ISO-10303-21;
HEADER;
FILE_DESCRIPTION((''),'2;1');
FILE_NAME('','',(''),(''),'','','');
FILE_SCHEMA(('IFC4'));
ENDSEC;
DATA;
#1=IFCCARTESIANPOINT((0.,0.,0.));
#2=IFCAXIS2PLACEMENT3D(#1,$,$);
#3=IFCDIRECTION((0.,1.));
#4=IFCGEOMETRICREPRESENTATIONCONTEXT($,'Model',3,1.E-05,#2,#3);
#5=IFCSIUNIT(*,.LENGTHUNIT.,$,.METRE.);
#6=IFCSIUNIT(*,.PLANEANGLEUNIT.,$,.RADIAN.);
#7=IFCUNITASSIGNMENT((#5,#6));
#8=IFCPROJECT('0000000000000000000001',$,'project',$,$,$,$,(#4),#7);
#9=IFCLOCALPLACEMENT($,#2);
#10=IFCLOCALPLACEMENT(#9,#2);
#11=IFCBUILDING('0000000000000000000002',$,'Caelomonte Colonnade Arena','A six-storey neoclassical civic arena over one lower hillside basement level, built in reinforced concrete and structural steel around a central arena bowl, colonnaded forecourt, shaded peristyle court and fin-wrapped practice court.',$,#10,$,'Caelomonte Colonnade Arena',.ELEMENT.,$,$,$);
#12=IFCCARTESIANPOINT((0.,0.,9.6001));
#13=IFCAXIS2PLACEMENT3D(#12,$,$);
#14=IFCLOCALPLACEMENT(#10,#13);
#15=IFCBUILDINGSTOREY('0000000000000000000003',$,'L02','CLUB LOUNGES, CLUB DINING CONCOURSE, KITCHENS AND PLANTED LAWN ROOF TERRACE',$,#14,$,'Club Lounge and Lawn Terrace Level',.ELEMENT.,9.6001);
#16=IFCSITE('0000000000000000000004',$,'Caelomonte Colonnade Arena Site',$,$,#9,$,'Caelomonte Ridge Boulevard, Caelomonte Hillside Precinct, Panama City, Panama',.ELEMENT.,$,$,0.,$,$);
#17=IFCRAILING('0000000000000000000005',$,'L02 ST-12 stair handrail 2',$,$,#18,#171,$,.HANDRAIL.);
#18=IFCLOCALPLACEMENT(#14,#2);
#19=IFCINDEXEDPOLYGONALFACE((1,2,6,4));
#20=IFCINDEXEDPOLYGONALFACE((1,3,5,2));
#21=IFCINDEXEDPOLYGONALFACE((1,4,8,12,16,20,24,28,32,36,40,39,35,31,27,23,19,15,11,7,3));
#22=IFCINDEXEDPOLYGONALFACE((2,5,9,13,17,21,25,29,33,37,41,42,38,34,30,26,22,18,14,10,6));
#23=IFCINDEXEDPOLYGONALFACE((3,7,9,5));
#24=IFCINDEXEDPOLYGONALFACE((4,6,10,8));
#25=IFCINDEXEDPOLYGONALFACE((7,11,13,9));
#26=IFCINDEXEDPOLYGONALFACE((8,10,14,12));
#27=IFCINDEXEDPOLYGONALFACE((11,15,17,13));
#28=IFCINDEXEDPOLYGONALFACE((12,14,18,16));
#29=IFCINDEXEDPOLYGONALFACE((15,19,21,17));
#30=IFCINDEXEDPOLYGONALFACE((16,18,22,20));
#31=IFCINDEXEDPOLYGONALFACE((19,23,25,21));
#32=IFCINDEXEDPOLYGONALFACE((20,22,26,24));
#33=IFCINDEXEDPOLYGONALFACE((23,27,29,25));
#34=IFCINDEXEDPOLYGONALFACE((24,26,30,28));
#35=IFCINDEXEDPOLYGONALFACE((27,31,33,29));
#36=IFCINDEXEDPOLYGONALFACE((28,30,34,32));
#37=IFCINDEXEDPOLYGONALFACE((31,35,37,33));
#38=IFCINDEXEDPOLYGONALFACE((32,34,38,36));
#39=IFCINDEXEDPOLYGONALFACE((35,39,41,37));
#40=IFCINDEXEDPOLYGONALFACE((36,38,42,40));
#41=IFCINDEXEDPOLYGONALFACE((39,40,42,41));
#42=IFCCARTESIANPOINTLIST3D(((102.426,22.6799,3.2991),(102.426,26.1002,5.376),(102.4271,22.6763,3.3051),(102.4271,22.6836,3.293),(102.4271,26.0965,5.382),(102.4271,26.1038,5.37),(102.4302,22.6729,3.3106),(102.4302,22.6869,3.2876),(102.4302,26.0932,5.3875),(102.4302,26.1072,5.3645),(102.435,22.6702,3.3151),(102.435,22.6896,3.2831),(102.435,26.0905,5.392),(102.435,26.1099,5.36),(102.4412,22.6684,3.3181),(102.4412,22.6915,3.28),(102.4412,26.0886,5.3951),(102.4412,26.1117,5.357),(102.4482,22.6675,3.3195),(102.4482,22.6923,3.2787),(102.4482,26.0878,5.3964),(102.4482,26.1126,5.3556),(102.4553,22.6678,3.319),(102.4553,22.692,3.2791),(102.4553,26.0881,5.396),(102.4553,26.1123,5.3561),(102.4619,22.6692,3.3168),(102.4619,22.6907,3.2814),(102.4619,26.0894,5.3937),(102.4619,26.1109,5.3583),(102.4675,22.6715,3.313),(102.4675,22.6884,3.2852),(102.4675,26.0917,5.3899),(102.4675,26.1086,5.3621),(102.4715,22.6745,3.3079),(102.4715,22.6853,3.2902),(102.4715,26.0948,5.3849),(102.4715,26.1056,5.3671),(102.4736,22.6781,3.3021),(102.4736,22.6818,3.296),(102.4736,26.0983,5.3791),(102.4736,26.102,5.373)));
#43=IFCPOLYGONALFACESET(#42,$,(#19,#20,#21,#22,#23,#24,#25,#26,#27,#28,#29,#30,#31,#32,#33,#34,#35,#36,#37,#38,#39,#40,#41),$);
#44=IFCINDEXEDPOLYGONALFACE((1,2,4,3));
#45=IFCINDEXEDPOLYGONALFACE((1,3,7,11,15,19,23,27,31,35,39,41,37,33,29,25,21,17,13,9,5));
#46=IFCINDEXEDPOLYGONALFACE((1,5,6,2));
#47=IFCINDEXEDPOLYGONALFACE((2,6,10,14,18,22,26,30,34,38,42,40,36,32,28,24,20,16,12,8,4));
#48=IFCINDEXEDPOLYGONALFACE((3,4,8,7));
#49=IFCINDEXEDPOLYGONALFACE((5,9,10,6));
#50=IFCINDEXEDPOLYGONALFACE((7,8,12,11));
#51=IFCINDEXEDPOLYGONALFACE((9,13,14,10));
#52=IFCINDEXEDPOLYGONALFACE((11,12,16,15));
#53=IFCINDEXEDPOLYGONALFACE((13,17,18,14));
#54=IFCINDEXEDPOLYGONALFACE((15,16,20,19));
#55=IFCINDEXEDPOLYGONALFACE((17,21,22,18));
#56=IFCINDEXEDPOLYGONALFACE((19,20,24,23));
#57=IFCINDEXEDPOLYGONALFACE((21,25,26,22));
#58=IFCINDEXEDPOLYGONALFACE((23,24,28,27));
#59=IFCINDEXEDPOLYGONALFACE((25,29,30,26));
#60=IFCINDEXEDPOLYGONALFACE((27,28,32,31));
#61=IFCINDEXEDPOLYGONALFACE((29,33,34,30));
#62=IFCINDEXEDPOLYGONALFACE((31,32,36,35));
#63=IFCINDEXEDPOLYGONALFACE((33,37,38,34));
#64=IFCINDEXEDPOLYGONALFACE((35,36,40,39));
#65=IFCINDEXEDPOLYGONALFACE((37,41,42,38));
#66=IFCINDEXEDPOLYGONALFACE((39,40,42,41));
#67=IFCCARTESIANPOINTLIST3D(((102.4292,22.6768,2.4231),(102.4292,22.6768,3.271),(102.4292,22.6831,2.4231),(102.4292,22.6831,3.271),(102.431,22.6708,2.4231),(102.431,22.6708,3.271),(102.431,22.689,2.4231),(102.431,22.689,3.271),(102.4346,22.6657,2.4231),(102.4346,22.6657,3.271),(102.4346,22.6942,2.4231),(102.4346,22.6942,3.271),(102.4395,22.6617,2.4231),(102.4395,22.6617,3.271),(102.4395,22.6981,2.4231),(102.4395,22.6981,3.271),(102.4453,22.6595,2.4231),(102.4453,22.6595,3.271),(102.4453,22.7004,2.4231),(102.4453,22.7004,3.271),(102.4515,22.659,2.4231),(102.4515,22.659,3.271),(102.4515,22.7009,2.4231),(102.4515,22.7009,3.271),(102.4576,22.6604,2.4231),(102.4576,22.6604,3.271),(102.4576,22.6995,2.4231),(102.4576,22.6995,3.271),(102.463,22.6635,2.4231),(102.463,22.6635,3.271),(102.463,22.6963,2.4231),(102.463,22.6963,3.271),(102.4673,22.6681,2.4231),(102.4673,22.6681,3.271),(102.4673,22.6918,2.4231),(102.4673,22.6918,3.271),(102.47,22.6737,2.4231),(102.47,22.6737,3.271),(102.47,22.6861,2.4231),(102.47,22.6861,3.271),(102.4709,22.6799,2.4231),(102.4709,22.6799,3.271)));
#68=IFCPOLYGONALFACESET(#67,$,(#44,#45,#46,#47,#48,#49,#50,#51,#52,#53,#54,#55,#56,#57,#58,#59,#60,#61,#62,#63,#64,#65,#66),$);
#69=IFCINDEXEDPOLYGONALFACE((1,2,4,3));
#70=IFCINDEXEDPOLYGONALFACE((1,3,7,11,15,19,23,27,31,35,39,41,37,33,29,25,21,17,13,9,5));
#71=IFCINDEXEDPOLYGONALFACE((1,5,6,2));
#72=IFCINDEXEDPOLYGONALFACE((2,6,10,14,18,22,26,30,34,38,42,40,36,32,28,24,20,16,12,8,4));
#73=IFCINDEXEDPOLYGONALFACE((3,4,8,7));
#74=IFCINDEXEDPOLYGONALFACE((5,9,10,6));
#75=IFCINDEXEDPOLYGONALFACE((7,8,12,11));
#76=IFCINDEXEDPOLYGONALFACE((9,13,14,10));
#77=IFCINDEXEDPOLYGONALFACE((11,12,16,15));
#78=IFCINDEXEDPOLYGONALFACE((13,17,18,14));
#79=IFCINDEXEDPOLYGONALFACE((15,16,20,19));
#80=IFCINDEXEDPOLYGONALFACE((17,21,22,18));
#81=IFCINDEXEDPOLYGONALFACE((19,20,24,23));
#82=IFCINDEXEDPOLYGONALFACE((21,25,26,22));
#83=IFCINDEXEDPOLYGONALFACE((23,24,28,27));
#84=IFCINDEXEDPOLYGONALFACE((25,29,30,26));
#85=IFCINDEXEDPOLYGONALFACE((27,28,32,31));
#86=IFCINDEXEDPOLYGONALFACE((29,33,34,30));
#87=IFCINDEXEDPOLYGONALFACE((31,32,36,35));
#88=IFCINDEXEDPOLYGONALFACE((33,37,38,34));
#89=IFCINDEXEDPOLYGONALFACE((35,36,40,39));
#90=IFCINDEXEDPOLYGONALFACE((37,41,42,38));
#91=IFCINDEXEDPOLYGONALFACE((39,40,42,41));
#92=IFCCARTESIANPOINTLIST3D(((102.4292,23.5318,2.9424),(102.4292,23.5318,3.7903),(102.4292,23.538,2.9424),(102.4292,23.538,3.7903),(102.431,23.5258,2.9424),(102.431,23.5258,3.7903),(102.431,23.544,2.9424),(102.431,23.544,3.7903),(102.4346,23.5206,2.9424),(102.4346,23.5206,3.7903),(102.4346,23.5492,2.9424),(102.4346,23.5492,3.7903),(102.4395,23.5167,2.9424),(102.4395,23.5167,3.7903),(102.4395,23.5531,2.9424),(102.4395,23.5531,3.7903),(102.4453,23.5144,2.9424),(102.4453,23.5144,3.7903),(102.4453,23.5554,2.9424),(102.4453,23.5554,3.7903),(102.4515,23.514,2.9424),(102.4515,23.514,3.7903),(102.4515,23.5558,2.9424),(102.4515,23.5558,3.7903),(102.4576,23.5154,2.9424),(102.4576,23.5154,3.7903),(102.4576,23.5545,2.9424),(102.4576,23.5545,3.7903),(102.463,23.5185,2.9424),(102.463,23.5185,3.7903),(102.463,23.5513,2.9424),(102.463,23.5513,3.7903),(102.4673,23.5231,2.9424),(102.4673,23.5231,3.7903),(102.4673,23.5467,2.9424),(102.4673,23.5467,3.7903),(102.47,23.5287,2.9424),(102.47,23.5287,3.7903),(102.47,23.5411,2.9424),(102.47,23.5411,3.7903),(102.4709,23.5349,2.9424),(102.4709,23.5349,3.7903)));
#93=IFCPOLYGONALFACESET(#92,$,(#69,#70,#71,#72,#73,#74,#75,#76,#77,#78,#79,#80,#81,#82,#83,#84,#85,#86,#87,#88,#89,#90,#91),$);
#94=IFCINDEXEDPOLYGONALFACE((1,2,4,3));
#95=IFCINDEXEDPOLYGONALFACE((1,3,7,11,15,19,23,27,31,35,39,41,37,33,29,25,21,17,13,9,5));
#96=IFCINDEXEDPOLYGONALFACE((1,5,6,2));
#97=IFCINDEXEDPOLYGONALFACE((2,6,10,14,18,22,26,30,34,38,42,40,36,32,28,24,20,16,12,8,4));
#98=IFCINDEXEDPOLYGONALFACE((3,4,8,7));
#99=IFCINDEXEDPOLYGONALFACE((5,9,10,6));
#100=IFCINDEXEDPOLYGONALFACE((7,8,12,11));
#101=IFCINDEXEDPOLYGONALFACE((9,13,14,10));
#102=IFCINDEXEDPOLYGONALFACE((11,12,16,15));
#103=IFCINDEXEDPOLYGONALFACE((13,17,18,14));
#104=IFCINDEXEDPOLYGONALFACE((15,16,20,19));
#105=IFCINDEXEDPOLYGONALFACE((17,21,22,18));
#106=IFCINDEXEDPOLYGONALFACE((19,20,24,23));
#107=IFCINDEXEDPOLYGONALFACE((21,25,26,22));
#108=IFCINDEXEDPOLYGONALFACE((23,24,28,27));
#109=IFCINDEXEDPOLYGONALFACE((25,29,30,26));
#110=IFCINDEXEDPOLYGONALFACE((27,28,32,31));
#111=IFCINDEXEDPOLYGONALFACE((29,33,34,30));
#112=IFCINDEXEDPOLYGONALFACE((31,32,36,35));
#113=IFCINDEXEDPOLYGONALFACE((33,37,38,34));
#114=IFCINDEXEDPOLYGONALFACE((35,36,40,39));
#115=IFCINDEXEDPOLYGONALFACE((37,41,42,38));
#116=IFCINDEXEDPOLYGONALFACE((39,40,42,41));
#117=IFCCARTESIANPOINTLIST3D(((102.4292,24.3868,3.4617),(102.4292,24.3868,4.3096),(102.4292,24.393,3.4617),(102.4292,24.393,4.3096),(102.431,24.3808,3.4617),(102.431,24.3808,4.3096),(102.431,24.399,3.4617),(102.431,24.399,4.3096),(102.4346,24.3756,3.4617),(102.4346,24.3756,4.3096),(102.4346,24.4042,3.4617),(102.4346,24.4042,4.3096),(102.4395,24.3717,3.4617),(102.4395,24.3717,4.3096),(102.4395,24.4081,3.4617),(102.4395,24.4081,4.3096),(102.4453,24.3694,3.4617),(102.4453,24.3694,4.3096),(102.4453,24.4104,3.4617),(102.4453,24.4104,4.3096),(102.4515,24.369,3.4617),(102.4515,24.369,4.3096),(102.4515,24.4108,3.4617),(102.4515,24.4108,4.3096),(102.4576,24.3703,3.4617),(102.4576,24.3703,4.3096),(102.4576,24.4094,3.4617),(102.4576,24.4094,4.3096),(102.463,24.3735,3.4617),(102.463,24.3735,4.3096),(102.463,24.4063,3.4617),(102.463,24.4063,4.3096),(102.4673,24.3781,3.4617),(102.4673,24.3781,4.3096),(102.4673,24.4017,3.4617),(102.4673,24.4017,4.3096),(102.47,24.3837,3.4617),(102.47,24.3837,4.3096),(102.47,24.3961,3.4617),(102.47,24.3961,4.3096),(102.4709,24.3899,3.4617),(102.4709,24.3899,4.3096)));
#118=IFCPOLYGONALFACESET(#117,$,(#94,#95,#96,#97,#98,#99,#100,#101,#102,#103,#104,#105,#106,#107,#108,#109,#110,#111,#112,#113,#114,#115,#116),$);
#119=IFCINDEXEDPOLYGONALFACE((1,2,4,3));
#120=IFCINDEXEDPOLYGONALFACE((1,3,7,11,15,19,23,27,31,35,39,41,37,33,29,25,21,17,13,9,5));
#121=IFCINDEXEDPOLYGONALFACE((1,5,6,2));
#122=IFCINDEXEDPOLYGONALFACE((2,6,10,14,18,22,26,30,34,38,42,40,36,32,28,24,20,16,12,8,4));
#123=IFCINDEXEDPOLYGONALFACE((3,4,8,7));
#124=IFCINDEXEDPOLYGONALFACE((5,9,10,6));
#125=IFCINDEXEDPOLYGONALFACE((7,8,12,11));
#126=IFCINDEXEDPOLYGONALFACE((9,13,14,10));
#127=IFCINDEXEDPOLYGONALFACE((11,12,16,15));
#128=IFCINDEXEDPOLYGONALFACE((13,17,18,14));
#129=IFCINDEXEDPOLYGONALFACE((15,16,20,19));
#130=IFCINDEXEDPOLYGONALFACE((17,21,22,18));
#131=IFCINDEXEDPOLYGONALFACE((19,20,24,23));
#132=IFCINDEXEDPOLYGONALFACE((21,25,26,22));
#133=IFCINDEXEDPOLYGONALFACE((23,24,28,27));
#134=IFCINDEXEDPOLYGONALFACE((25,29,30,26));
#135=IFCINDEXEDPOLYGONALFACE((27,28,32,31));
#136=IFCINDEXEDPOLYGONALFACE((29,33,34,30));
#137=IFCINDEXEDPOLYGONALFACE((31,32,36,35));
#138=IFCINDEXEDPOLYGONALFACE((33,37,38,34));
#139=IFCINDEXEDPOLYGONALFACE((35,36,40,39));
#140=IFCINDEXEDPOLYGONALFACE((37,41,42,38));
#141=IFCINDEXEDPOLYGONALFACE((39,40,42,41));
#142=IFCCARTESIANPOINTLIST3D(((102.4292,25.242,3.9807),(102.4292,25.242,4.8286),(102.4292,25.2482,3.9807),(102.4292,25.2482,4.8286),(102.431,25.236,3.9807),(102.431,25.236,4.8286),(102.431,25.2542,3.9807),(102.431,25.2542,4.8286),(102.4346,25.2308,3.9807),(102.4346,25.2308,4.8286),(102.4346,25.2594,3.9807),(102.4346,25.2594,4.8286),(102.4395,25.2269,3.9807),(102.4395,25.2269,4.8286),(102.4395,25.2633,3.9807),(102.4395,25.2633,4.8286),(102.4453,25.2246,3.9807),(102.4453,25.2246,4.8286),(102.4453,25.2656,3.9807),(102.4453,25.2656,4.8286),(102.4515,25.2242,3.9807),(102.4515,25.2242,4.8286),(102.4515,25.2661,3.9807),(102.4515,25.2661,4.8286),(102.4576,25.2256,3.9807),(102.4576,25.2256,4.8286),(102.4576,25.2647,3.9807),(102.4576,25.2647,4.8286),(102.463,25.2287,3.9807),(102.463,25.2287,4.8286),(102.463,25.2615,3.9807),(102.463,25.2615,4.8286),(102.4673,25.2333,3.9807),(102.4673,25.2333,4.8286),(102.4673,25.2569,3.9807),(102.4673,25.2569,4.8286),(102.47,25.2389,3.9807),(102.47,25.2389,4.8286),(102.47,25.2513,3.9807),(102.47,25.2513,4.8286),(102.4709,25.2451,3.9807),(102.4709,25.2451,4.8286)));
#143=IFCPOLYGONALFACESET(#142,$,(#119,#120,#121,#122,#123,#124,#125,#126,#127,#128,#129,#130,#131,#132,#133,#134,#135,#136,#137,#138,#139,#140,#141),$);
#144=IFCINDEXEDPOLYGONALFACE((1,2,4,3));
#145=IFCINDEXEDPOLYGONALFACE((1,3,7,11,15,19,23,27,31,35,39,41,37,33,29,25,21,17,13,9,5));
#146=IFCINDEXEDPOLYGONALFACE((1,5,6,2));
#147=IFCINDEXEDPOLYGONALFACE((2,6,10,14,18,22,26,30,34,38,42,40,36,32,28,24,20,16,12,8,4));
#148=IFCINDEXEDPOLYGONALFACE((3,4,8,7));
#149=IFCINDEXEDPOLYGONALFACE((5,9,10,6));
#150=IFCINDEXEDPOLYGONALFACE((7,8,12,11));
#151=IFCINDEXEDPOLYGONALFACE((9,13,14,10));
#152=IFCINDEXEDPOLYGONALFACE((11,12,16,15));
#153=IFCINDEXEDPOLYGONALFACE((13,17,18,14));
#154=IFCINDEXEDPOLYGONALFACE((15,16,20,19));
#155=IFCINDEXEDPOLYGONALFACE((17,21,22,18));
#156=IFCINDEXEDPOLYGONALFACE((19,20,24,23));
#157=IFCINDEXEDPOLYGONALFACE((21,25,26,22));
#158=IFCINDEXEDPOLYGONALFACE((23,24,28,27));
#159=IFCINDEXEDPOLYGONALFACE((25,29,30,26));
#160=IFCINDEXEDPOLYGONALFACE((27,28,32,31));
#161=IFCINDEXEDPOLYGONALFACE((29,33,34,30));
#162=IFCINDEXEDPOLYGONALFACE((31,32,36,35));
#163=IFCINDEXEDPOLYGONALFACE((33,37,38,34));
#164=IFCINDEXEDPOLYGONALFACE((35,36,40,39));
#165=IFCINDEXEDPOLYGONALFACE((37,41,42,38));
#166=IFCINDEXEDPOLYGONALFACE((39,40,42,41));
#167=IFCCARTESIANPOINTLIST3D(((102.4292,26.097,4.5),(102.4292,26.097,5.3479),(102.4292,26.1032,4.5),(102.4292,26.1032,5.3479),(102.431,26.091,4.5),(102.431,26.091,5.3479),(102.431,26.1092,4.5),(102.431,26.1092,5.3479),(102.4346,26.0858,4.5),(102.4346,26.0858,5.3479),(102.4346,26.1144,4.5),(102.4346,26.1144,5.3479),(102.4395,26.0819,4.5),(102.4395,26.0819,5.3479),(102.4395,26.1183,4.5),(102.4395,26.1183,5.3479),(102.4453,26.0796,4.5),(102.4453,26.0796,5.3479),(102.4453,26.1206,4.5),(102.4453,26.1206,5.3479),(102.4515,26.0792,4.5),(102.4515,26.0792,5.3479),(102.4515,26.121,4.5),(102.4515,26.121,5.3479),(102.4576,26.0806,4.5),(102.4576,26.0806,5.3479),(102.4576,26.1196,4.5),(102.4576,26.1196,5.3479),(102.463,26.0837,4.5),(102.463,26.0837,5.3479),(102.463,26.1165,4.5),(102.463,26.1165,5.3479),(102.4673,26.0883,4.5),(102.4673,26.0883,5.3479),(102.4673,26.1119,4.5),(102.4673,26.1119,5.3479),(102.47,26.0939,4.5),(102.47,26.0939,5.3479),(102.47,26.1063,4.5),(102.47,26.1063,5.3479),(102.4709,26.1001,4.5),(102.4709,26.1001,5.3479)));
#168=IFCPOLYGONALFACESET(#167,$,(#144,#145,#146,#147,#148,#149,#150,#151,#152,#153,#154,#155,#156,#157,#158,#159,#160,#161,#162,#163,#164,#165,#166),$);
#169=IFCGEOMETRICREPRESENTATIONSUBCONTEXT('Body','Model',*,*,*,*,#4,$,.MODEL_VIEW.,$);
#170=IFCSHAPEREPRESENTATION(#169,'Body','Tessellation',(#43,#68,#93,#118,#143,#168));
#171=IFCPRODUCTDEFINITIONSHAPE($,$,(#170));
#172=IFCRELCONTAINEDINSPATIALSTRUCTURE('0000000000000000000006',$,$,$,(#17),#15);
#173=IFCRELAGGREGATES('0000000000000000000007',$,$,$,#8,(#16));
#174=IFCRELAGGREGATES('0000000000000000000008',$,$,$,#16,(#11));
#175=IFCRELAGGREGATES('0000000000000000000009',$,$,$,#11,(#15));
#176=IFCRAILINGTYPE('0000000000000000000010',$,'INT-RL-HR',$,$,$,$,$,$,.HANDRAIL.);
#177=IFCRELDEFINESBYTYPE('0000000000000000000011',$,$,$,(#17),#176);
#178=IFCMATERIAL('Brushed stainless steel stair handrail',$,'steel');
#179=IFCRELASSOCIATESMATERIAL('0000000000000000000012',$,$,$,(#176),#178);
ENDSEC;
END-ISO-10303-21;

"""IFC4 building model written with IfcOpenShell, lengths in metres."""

from ifc_helpers import new_model, si_unit, direction, frame, origin, origin_2d, place, context, subcontext, project, spatial, circle, extrude, material, type_object, element, save


model = new_model("IFC4")

# Units and contexts
model_context = context("Model", 3, precision=1e-05, world=origin(), true_north=direction((0.0, 1.0)))
body_context = subcontext(model_context, "Body", "Model", "MODEL_VIEW")
ifc_project = project(units=[si_unit("LENGTHUNIT", "METRE"), si_unit("PLANEANGLEUNIT", "RADIAN")], contexts=[model_context])

# Site, building, storey
site_placement = place(None, origin())
site = spatial("IfcSite", under=ifc_project, at=site_placement, Name="Caelomonte Colonnade Arena Site", LongName="Caelomonte Ridge Boulevard, Caelomonte Hillside Precinct, Panama City, Panama", CompositionType="ELEMENT", RefElevation=0.0)
building_placement = place(site_placement, origin())
building = spatial("IfcBuilding", under=site, at=building_placement, Name="Caelomonte Colonnade Arena", Description="A six-storey neoclassical civic arena over one lower hillside basement level, built in reinforced concrete and structural steel around a central arena bowl, colonnaded forecourt, shaded peristyle court and fin-wrapped practice court.", LongName="Caelomonte Colonnade Arena", CompositionType="ELEMENT")
storey_placement = place(building_placement, frame((0.0, 0.0, 9.6001)))
storey = spatial("IfcBuildingStorey", under=building, at=storey_placement, Name="L02", Description="CLUB LOUNGES, CLUB DINING CONCOURSE, KITCHENS AND PLANTED LAWN ROOF TERRACE", LongName="Club Lounge and Lawn Terrace Level", CompositionType="ELEMENT", Elevation=9.6001)

# Railing
ifc_material_1 = material(Name="Brushed stainless steel stair handrail", Category="steel")
railing_type_1 = type_object("IfcRailingType", Name="INT-RL-HR", PredefinedType="HANDRAIL", material=ifc_material_1)
railing_1_placement = place(storey_placement, frame((102.45, 22.6799, 2.4231)))
element("IfcRailing", 1, at=railing_1_placement, inside=storey, type_object=railing_type_1, Name="L02 ST-12 stair handrail 2", PredefinedType="HANDRAIL", context=body_context, shape_type="SweptSolid", body=[
    extrude(circle(Radius=0.0239, at=origin_2d()), frame((0.0, 0.0, 0.876), z_axis=(0.0, 0.854746, 0.519047), x_axis=(-1.0, 0.0, 0.0)), (0.0, 0.0, 1.0), 4.0015),
    extrude(circle(Radius=0.021, at=origin_2d()), origin(), (0.0, 0.0, 1.0), 0.8479),
    extrude(circle(Radius=0.021, at=origin_2d()), frame((0.0, 0.855, 0.5193)), (0.0, 0.0, 1.0), 0.8479),
    extrude(circle(Radius=0.021, at=origin_2d()), frame((0.0, 1.71, 1.0386)), (0.0, 0.0, 1.0), 0.8479),
    extrude(circle(Radius=0.021, at=origin_2d()), frame((0.0, 2.5652, 1.5576)), (0.0, 0.0, 1.0), 0.8479),
    extrude(circle(Radius=0.021, at=origin_2d()), frame((0.0, 3.4202, 2.0769)), (0.0, 0.0, 1.0), 0.8479),
])

save(model, "model.ifc")
